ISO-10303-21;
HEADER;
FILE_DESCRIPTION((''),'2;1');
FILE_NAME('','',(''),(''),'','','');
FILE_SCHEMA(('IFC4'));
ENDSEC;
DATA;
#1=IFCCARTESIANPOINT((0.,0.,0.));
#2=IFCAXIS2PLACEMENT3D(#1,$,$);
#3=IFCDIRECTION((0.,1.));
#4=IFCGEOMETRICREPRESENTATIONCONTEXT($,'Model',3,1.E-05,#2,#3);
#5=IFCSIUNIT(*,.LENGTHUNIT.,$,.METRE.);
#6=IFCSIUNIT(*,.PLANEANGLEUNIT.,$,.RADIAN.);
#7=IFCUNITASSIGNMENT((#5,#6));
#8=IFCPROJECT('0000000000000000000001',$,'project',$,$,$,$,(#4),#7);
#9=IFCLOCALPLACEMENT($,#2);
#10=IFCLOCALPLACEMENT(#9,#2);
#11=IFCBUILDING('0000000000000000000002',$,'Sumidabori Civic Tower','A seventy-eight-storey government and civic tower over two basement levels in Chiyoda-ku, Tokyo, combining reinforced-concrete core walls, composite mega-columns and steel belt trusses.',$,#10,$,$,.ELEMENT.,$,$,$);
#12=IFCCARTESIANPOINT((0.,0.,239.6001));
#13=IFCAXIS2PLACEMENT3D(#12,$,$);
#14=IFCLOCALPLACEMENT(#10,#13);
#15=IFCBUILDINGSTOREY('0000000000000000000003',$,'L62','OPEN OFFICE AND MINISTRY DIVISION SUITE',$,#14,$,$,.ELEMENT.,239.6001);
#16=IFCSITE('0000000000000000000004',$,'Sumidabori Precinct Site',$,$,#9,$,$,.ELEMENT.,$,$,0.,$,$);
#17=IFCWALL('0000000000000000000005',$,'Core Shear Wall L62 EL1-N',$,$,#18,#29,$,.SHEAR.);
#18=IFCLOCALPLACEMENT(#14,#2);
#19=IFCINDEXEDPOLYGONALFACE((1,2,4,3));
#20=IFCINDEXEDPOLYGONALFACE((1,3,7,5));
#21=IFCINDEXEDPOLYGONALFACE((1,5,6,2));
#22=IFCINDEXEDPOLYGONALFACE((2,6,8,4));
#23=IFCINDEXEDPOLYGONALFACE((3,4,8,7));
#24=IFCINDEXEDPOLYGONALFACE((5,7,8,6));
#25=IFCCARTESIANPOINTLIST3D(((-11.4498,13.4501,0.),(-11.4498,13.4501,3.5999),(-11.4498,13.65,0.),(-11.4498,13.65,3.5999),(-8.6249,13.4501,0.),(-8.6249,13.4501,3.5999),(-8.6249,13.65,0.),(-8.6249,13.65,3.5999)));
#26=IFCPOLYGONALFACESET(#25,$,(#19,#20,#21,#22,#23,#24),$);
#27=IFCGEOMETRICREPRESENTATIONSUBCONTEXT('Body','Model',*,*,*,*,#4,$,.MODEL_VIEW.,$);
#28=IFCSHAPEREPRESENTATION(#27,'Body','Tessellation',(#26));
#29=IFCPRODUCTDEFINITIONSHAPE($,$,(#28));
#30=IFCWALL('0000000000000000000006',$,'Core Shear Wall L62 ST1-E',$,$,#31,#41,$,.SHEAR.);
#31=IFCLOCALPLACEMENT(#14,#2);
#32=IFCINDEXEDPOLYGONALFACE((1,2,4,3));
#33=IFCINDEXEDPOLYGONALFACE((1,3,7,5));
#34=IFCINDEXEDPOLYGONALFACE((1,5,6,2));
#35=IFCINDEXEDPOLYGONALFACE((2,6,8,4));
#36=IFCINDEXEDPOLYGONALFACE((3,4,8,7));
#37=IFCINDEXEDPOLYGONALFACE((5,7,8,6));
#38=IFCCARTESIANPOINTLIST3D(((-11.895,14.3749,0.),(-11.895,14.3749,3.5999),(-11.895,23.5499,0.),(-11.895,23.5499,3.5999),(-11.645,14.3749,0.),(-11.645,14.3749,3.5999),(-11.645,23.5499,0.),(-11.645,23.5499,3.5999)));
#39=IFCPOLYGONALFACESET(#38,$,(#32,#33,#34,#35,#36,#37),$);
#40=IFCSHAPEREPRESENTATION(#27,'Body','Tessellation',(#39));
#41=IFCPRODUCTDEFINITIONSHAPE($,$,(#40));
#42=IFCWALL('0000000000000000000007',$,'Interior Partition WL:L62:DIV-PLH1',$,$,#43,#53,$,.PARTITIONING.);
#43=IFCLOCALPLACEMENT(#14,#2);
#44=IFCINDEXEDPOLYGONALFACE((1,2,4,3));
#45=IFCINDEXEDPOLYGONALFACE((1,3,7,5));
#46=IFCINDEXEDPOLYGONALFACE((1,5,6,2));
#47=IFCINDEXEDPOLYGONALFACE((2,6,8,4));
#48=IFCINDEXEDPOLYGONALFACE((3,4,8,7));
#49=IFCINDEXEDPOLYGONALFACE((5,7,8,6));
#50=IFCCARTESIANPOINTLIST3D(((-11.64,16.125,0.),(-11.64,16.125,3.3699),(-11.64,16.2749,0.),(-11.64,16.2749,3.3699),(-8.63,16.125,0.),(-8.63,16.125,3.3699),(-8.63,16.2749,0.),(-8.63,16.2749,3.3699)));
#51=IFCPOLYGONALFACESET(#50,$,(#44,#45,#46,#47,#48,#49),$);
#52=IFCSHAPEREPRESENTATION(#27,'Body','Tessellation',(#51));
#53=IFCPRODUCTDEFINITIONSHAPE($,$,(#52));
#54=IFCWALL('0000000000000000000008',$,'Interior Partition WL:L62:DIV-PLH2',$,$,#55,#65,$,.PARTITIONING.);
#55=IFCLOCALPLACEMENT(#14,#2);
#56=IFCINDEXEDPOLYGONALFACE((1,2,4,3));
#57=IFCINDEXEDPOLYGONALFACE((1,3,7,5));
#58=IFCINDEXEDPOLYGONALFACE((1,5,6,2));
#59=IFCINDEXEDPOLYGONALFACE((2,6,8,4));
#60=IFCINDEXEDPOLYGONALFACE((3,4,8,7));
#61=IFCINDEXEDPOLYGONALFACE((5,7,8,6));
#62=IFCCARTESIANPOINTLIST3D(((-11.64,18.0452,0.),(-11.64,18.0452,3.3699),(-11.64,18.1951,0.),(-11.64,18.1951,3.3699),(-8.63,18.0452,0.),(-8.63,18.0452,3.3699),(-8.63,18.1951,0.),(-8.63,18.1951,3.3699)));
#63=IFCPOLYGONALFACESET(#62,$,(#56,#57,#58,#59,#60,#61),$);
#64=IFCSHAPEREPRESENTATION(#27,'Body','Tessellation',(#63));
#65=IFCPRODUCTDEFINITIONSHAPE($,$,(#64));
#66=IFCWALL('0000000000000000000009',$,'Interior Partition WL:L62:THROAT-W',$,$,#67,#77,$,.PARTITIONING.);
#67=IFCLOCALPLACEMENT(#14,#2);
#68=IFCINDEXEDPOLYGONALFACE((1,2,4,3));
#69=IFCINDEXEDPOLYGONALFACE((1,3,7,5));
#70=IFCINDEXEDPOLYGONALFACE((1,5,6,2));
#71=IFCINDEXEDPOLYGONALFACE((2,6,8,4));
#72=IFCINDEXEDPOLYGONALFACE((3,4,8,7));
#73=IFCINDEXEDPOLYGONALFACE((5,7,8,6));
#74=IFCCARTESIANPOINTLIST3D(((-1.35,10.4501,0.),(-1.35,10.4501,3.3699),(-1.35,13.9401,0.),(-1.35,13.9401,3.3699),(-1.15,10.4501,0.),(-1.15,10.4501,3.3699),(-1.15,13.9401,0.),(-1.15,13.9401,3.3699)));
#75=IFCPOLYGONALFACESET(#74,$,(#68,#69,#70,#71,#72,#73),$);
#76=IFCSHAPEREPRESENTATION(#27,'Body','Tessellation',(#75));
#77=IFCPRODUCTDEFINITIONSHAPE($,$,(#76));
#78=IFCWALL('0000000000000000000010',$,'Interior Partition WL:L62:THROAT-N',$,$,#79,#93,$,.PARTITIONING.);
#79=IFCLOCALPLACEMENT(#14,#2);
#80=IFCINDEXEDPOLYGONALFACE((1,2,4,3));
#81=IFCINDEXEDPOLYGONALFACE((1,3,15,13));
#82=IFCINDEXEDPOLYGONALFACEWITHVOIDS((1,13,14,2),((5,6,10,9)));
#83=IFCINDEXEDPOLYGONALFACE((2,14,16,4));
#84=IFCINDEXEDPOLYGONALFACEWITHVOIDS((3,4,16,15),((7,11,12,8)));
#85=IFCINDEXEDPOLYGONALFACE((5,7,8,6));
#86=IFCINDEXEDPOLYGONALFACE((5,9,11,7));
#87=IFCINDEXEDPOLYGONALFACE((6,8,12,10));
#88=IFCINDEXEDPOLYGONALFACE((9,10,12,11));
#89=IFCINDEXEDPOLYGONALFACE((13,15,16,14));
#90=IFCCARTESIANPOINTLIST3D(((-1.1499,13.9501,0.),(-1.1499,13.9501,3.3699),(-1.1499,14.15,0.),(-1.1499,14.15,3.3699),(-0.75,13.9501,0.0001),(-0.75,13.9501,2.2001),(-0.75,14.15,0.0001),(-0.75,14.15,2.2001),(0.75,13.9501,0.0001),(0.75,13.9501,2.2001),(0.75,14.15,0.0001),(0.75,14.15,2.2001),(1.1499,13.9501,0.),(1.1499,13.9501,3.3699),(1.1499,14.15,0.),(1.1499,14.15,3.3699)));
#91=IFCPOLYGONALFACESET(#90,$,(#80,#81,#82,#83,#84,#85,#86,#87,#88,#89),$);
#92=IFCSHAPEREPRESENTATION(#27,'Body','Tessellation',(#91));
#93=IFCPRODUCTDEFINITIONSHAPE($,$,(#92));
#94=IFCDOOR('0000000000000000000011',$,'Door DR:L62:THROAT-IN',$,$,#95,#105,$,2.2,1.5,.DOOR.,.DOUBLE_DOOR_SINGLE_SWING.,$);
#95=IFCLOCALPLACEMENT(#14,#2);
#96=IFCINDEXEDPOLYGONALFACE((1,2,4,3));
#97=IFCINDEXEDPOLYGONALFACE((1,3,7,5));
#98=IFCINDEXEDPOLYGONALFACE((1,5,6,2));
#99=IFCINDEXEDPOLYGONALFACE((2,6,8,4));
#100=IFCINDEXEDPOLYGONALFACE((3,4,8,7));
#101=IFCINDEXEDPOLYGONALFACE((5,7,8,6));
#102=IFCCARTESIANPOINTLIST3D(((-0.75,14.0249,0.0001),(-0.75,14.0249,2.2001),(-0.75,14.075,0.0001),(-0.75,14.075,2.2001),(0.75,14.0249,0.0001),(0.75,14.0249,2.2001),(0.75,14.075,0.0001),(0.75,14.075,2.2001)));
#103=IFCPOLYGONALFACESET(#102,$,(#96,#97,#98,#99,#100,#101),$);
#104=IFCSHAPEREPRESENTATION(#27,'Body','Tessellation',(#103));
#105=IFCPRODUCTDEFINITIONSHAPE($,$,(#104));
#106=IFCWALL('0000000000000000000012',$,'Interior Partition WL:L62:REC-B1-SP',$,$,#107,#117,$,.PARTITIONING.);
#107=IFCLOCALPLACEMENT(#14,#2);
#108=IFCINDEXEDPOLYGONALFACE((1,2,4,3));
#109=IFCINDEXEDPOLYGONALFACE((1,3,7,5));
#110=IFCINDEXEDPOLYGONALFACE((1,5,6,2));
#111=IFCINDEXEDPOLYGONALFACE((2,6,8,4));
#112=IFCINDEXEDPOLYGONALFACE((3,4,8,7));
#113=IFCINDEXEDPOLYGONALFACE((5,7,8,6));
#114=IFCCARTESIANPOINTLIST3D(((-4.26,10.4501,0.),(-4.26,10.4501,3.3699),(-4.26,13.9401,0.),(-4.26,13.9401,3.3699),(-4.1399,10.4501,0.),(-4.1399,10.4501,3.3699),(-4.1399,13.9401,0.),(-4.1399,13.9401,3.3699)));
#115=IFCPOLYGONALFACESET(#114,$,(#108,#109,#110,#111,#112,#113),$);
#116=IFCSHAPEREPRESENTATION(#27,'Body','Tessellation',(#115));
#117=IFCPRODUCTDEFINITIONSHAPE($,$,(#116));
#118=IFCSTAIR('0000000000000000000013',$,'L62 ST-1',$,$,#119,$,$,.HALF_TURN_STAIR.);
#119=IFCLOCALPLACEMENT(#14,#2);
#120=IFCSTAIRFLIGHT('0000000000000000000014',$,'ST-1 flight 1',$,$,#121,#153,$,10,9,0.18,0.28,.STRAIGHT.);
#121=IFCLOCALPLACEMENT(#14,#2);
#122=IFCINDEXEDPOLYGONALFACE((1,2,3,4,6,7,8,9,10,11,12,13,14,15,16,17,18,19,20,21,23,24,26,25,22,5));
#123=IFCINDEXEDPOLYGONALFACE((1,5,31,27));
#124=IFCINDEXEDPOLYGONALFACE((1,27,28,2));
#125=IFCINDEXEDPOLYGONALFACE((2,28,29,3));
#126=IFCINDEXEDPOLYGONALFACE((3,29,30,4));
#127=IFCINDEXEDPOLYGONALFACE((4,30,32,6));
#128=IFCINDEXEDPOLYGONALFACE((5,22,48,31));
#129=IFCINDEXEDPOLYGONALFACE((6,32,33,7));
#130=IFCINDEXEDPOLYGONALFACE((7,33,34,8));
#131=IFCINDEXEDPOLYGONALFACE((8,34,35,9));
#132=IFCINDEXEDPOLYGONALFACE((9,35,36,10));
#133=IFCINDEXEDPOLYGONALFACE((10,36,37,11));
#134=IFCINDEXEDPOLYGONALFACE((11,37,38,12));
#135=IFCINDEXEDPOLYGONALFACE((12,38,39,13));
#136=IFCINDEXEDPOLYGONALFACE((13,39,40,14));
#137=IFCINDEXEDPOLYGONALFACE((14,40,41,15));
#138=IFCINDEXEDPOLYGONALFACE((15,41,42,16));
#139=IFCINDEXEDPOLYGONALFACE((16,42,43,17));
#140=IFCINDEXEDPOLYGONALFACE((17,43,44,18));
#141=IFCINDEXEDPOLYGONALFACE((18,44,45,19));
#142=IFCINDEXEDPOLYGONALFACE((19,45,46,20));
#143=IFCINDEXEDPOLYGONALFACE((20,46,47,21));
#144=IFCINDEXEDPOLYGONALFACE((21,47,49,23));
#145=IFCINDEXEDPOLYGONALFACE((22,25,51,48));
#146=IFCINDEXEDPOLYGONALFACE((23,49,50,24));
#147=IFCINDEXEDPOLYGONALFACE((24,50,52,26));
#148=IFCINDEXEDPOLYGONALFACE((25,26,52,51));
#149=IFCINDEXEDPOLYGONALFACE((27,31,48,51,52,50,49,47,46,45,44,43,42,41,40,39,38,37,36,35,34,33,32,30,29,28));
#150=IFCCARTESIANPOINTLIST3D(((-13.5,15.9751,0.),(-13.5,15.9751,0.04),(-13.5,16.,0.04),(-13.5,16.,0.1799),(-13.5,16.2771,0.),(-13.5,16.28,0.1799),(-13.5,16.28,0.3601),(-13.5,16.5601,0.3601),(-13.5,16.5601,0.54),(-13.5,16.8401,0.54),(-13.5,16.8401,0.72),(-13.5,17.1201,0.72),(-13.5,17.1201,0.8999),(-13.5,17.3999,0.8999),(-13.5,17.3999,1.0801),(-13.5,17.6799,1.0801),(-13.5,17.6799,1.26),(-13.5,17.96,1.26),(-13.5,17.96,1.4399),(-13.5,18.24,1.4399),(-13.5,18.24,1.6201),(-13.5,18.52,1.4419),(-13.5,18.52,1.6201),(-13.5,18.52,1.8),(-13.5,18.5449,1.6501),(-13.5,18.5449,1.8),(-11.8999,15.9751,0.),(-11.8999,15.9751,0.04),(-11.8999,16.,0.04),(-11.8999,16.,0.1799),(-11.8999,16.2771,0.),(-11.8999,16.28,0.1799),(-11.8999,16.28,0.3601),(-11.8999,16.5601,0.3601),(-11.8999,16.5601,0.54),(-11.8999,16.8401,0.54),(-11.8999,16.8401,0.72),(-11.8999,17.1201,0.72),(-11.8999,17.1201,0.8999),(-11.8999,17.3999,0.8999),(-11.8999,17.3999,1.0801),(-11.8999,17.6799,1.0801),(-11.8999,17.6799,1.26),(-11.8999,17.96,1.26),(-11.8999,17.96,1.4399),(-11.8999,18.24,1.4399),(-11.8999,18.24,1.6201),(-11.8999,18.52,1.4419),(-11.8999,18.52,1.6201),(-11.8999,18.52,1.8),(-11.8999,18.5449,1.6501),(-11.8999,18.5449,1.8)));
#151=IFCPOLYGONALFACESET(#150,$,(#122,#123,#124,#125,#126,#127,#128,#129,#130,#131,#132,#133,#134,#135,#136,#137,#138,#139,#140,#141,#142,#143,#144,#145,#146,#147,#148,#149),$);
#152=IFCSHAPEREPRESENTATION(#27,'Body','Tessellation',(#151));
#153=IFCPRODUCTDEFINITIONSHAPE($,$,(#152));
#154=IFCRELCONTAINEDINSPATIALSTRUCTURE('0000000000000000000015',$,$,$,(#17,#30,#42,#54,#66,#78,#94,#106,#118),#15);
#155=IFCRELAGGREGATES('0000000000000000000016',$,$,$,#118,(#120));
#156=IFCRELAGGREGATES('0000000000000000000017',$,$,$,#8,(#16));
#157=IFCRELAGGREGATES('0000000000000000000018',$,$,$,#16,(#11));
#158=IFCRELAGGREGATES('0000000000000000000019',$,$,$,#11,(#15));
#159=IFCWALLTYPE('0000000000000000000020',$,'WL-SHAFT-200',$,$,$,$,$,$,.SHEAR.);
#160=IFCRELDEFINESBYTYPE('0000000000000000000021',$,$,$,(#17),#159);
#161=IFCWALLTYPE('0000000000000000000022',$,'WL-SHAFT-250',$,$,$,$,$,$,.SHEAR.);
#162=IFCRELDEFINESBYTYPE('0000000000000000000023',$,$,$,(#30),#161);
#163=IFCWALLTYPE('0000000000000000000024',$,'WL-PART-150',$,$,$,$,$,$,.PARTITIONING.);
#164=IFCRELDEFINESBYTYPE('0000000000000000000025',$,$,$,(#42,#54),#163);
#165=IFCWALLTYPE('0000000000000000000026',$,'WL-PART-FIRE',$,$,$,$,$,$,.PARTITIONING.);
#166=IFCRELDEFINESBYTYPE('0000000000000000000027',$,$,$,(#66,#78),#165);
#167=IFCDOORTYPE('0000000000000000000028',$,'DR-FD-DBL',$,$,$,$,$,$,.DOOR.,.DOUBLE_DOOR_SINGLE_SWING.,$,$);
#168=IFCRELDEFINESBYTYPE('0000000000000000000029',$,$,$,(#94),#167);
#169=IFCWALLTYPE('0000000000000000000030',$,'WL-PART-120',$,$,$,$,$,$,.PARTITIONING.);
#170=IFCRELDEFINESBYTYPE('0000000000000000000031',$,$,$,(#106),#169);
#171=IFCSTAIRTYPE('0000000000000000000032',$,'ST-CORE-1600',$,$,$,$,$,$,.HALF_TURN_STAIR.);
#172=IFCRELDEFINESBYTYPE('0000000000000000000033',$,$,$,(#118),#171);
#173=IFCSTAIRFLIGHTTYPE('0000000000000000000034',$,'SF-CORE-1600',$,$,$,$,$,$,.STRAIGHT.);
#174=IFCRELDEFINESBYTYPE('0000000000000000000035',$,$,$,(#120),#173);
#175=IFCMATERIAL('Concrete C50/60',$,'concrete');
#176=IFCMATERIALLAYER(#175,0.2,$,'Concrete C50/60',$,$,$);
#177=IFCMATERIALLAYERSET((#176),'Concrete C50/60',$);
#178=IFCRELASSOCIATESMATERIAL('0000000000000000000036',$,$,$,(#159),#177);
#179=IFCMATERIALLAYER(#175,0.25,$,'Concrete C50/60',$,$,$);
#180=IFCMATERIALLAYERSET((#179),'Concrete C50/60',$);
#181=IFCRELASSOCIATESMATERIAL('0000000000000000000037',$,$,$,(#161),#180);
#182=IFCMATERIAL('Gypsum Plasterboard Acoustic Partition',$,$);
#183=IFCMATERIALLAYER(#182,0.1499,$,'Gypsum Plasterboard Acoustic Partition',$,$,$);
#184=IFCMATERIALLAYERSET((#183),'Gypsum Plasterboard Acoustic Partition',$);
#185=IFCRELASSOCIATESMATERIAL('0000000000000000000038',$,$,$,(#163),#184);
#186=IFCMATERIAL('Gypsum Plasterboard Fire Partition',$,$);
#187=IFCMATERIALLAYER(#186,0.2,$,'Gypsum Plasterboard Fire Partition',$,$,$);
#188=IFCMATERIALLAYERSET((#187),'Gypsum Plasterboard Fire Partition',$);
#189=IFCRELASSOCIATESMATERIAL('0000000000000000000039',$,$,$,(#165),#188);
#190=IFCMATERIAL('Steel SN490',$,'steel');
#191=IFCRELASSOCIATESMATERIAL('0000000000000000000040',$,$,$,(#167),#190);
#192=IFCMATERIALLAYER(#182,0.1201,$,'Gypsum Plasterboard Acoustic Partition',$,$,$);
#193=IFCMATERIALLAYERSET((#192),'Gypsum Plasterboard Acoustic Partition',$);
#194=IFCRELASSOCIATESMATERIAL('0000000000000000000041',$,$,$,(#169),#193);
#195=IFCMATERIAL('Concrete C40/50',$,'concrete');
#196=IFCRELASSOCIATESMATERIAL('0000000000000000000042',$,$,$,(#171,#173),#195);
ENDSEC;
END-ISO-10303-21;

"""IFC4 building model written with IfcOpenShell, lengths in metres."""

from ifc_helpers import new_model, si_unit, direction, frame, frame_2d, origin, place, context, subcontext, project, spatial, polyline, rectangle, outline, extrude, source, transform, mapped, material, layer, layer_set, type_object, element, fill, aggregate, save


model = new_model("IFC4")

# Units and contexts
model_context = context("Model", 3, precision=1e-05, world=origin(), true_north=direction((0.0, 1.0)))
body_context = subcontext(model_context, "Body", "Model", "MODEL_VIEW")
ifc_project = project(units=[si_unit("LENGTHUNIT", "METRE"), si_unit("PLANEANGLEUNIT", "RADIAN")], contexts=[model_context])

# Site, building, storey
site_placement = place(None, origin())
site = spatial("IfcSite", under=ifc_project, at=site_placement, Name="Sumidabori Precinct Site", CompositionType="ELEMENT", RefElevation=0.0)
building_placement = place(site_placement, origin())
building = spatial("IfcBuilding", under=site, at=building_placement, Name="Sumidabori Civic Tower", Description="A seventy-eight-storey government and civic tower over two basement levels in Chiyoda-ku, Tokyo, combining reinforced-concrete core walls, composite mega-columns and steel belt trusses.", CompositionType="ELEMENT")
storey_placement = place(building_placement, frame((0.0, 0.0, 239.6001)))
storey = spatial("IfcBuildingStorey", under=building, at=storey_placement, Name="L62", Description="OPEN OFFICE AND MINISTRY DIVISION SUITE", CompositionType="ELEMENT", Elevation=239.6001)

# Wall
ifc_material_1 = material(Name="Concrete C50/60", Category="concrete")
ifc_layer_1 = layer(ifc_material_1, 0.2, Name="Concrete C50/60")
ifc_layer_set_1 = layer_set([ifc_layer_1], Name="Concrete C50/60")
wall_type_1 = type_object("IfcWallType", Name="WL-SHAFT-200", PredefinedType="SHEAR", material=ifc_layer_set_1)
shared_shape_1 = source(origin(), body_context, "Body", "SweptSolid", [
    extrude(rectangle(XDim=2.825, YDim=0.2, at=frame_2d((1.4126, 0.0))), origin(), (0.0, 0.0, 1.0), 3.5999),
])
wall_1_placement = place(storey_placement, frame((-11.45, 13.55, 0.0), z_axis=(0.0, 0.0, 1.0), x_axis=(1.0, 0.0, 0.0)))
element("IfcWall", 1, at=wall_1_placement, inside=storey, type_object=wall_type_1, Name="Core Shear Wall L62 EL1-N", PredefinedType="SHEAR", context=body_context, shape_type="MappedRepresentation", body=[
    mapped(shared_shape_1, transform((0.0, 0.0, 0.0), x_axis=(1.0, 0.0, 0.0), y_axis=(0.0, 1.0, 0.0), z_axis=(0.0, 0.0, 1.0), scale=1.0)),
])

# Shared definitions
ifc_layer_2 = layer(ifc_material_1, 0.25, Name="Concrete C50/60")
ifc_layer_set_2 = layer_set([ifc_layer_2], Name="Concrete C50/60")
wall_type_2 = type_object("IfcWallType", Name="WL-SHAFT-250", PredefinedType="SHEAR", material=ifc_layer_set_2)

# Wall
shared_shape_2 = source(origin(), body_context, "Body", "SweptSolid", [
    extrude(rectangle(XDim=9.175, YDim=0.25, at=frame_2d((4.5874, 0.0))), origin(), (0.0, 0.0, 1.0), 3.5999),
])
wall_2_placement = place(storey_placement, frame((-11.77, 14.375, 0.0), z_axis=(0.0, 0.0, 1.0), x_axis=(0.0, 1.0, 0.0)))
element("IfcWall", 2, at=wall_2_placement, inside=storey, type_object=wall_type_2, Name="Core Shear Wall L62 ST1-E", PredefinedType="SHEAR", context=body_context, shape_type="MappedRepresentation", body=[
    mapped(shared_shape_2, transform((0.0, 0.0, 0.0), x_axis=(1.0, 0.0, 0.0), y_axis=(0.0, 1.0, 0.0), z_axis=(0.0, 0.0, 1.0), scale=1.0)),
])

# Walls
ifc_material_2 = material(Name="Gypsum Plasterboard Acoustic Partition")
ifc_layer_3 = layer(ifc_material_2, 0.1499, Name="Gypsum Plasterboard Acoustic Partition")
ifc_layer_set_3 = layer_set([ifc_layer_3], Name="Gypsum Plasterboard Acoustic Partition")
wall_type_3 = type_object("IfcWallType", Name="WL-PART-150", PredefinedType="PARTITIONING", material=ifc_layer_set_3)
shared_shape_3 = source(origin(), body_context, "Body", "SweptSolid", [
    extrude(rectangle(XDim=3.01, YDim=0.1499, at=frame_2d((1.5049, 0.0))), origin(), (0.0, 0.0, 1.0), 3.3699),
])
for number, where, z_axis, x_axis, name in (
    (3, (-11.6399, 16.2, 0.0), (0.0, 0.0, 1.0), (1.0, 0.0, 0.0), "Interior Partition WL:L62:DIV-PLH1"),
    (4, (-11.6399, 18.1201, 0.0), (0.0, 0.0, 1.0), (1.0, 0.0, 0.0), "Interior Partition WL:L62:DIV-PLH2"),
):
    element("IfcWall", number, at=place(storey_placement, frame(where, z_axis=z_axis, x_axis=x_axis)), inside=storey, type_object=wall_type_3, Name=name, PredefinedType="PARTITIONING", context=body_context, shape_type="MappedRepresentation", body=[
        mapped(shared_shape_3, transform((0.0, 0.0, 0.0), x_axis=(1.0, 0.0, 0.0), y_axis=(0.0, 1.0, 0.0), z_axis=(0.0, 0.0, 1.0), scale=1.0)),
    ])

# Shared definitions
ifc_material_3 = material(Name="Gypsum Plasterboard Fire Partition")
ifc_layer_4 = layer(ifc_material_3, 0.2, Name="Gypsum Plasterboard Fire Partition")
ifc_layer_set_4 = layer_set([ifc_layer_4], Name="Gypsum Plasterboard Fire Partition")
wall_type_4 = type_object("IfcWallType", Name="WL-PART-FIRE", PredefinedType="PARTITIONING", material=ifc_layer_set_4)

# Wall
shared_shape_4 = source(origin(), body_context, "Body", "SweptSolid", [
    extrude(rectangle(XDim=3.49, YDim=0.2, at=frame_2d((1.7451, 0.0))), origin(), (0.0, 0.0, 1.0), 3.3699),
])
wall_3_placement = place(storey_placement, frame((-1.25, 10.45, 0.0), z_axis=(0.0, 0.0, 1.0), x_axis=(0.0, 1.0, 0.0)))
element("IfcWall", 5, at=wall_3_placement, inside=storey, type_object=wall_type_4, Name="Interior Partition WL:L62:THROAT-W", PredefinedType="PARTITIONING", context=body_context, shape_type="MappedRepresentation", body=[
    mapped(shared_shape_4, transform((0.0, 0.0, 0.0), x_axis=(1.0, 0.0, 0.0), y_axis=(0.0, 1.0, 0.0), z_axis=(0.0, 0.0, 1.0), scale=1.0)),
])

# Wall, opening, door
shared_shape_5 = source(origin(), body_context, "Body", "SweptSolid", [
    extrude(rectangle(XDim=2.2998, YDim=0.2, at=frame_2d((1.1499, 0.0))), origin(), (0.0, 0.0, 1.0), 3.3699),
])
wall_4_placement = place(storey_placement, frame((-1.1499, 14.05, 0.0), z_axis=(0.0, 0.0, 1.0), x_axis=(1.0, 0.0, 0.0)))
wall_4 = element("IfcWall", 6, at=wall_4_placement, inside=storey, type_object=wall_type_4, Name="Interior Partition WL:L62:THROAT-N", PredefinedType="PARTITIONING", context=body_context, shape_type="MappedRepresentation", body=[
    mapped(shared_shape_5, transform((0.0, 0.0, 0.0), x_axis=(1.0, 0.0, 0.0), y_axis=(0.0, 1.0, 0.0), z_axis=(0.0, 0.0, 1.0), scale=1.0)),
])
opening_1_placement = place(wall_4_placement, frame((0.3999, 0.0, 0.0)))
opening_1 = element("IfcOpeningElement", 7, at=opening_1_placement, cuts=wall_4, PredefinedType="OPENING", context=body_context, shape_type="SweptSolid", body=[
    extrude(rectangle(XDim=1.5, YDim=2.2, at=frame_2d((0.75, 1.1001))), frame((0.0, 0.1118, 0.0), z_axis=(0.0, -1.0, 0.0), x_axis=(1.0, 0.0, 0.0)), (0.0, 0.0, 1.0), 0.2239),
])
ifc_material_4 = material(Name="Steel SN490", Category="steel")
door_type_1 = type_object("IfcDoorType", Name="DR-FD-DBL", OperationType="DOUBLE_DOOR_SINGLE_SWING", PredefinedType="DOOR", material=ifc_material_4)
shared_shape_6 = source(origin(), body_context, "Body", "SweptSolid", [
    extrude(rectangle(XDim=1.5, YDim=2.2, at=frame_2d((0.75, 1.1001))), frame((0.0, 0.0249, 0.0), z_axis=(0.0, -1.0, 0.0), x_axis=(1.0, 0.0, 0.0)), (0.0, 0.0, 1.0), 0.05),
])
door_1_placement = place(opening_1_placement, origin())
door_1 = element("IfcDoor", 8, at=door_1_placement, inside=storey, type_object=door_type_1, Name="Door DR:L62:THROAT-IN", OperationType="DOUBLE_DOOR_SINGLE_SWING", OverallHeight=2.2, OverallWidth=1.5, PredefinedType="DOOR", context=body_context, shape_type="MappedRepresentation", body=[
    mapped(shared_shape_6, transform((0.0, 0.0, 0.0), x_axis=(1.0, 0.0, 0.0), y_axis=(0.0, 1.0, 0.0), z_axis=(0.0, 0.0, 1.0), scale=1.0)),
])
fill(opening_1, door_1)

# Wall
ifc_layer_5 = layer(ifc_material_2, 0.1201, Name="Gypsum Plasterboard Acoustic Partition")
ifc_layer_set_5 = layer_set([ifc_layer_5], Name="Gypsum Plasterboard Acoustic Partition")
wall_type_5 = type_object("IfcWallType", Name="WL-PART-120", PredefinedType="PARTITIONING", material=ifc_layer_set_5)
shared_shape_7 = source(origin(), body_context, "Body", "SweptSolid", [
    extrude(rectangle(XDim=3.49, YDim=0.1201, at=frame_2d((1.7451, 0.0))), origin(), (0.0, 0.0, 1.0), 3.3699),
])
wall_5_placement = place(storey_placement, frame((-4.2, 10.45, 0.0), z_axis=(0.0, 0.0, 1.0), x_axis=(0.0, 1.0, 0.0)))
element("IfcWall", 9, at=wall_5_placement, inside=storey, type_object=wall_type_5, Name="Interior Partition WL:L62:REC-B1-SP", PredefinedType="PARTITIONING", context=body_context, shape_type="MappedRepresentation", body=[
    mapped(shared_shape_7, transform((0.0, 0.0, 0.0), x_axis=(1.0, 0.0, 0.0), y_axis=(0.0, 1.0, 0.0), z_axis=(0.0, 0.0, 1.0), scale=1.0)),
])

# Stair, stair flight
ifc_material_5 = material(Name="Concrete C40/50", Category="concrete")
stair_type = type_object("IfcStairType", Name="ST-CORE-1600", PredefinedType="HALF_TURN_STAIR", material=ifc_material_5)
stair_placement = place(storey_placement, origin())
stair = element("IfcStair", 10, at=stair_placement, inside=storey, type_object=stair_type, Name="L62 ST-1", PredefinedType="HALF_TURN_STAIR")
stair_flight_type = type_object("IfcStairFlightType", Name="SF-CORE-1600", PredefinedType="STRAIGHT", material=ifc_material_5)
shared_shape_8 = source(origin(), body_context, "Body", "SweptSolid", [
    extrude(outline(polyline([(-0.0249, 0.0), (-0.0249, 0.04), (0.0, 0.04), (0.0, 0.1799), (0.28, 0.1799), (0.28, 0.3601), (0.5601, 0.3601), (0.5601, 0.54), (0.8401, 0.54), (0.8401, 0.72), (1.1201, 0.72), (1.1201, 0.8999), (1.3999, 0.8999), (1.3999, 1.0801), (1.6799, 1.0801), (1.6799, 1.26), (1.96, 1.26), (1.96, 1.4399), (2.24, 1.4399), (2.24, 1.6201), (2.52, 1.6201), (2.52, 1.8), (2.5449, 1.8), (2.5449, 1.6501), (2.52, 1.4419), (0.2771, 0.0), (-0.0249, 0.0)])), frame((0.0, 0.8, 0.0), z_axis=(0.0, -1.0, 0.0), x_axis=(1.0, 0.0, 0.0)), (0.0, 0.0, 1.0), 1.6001),
])
stair_flight_placement = place(storey_placement, frame((-12.7, 16.0, 0.0), z_axis=(0.0, 0.0, 1.0), x_axis=(0.0, 1.0, 0.0)))
stair_flight = element("IfcStairFlight", 11, at=stair_flight_placement, type_object=stair_flight_type, Name="ST-1 flight 1", NumberOfRisers=10, NumberOfTreads=9, PredefinedType="STRAIGHT", RiserHeight=0.18, TreadLength=0.28, context=body_context, shape_type="MappedRepresentation", body=[
    mapped(shared_shape_8, transform((0.0, 0.0, 0.0), x_axis=(1.0, 0.0, 0.0), y_axis=(0.0, 1.0, 0.0), z_axis=(0.0, 0.0, 1.0), scale=1.0)),
])
aggregate(stair, [stair_flight])

save(model, "model.ifc")
